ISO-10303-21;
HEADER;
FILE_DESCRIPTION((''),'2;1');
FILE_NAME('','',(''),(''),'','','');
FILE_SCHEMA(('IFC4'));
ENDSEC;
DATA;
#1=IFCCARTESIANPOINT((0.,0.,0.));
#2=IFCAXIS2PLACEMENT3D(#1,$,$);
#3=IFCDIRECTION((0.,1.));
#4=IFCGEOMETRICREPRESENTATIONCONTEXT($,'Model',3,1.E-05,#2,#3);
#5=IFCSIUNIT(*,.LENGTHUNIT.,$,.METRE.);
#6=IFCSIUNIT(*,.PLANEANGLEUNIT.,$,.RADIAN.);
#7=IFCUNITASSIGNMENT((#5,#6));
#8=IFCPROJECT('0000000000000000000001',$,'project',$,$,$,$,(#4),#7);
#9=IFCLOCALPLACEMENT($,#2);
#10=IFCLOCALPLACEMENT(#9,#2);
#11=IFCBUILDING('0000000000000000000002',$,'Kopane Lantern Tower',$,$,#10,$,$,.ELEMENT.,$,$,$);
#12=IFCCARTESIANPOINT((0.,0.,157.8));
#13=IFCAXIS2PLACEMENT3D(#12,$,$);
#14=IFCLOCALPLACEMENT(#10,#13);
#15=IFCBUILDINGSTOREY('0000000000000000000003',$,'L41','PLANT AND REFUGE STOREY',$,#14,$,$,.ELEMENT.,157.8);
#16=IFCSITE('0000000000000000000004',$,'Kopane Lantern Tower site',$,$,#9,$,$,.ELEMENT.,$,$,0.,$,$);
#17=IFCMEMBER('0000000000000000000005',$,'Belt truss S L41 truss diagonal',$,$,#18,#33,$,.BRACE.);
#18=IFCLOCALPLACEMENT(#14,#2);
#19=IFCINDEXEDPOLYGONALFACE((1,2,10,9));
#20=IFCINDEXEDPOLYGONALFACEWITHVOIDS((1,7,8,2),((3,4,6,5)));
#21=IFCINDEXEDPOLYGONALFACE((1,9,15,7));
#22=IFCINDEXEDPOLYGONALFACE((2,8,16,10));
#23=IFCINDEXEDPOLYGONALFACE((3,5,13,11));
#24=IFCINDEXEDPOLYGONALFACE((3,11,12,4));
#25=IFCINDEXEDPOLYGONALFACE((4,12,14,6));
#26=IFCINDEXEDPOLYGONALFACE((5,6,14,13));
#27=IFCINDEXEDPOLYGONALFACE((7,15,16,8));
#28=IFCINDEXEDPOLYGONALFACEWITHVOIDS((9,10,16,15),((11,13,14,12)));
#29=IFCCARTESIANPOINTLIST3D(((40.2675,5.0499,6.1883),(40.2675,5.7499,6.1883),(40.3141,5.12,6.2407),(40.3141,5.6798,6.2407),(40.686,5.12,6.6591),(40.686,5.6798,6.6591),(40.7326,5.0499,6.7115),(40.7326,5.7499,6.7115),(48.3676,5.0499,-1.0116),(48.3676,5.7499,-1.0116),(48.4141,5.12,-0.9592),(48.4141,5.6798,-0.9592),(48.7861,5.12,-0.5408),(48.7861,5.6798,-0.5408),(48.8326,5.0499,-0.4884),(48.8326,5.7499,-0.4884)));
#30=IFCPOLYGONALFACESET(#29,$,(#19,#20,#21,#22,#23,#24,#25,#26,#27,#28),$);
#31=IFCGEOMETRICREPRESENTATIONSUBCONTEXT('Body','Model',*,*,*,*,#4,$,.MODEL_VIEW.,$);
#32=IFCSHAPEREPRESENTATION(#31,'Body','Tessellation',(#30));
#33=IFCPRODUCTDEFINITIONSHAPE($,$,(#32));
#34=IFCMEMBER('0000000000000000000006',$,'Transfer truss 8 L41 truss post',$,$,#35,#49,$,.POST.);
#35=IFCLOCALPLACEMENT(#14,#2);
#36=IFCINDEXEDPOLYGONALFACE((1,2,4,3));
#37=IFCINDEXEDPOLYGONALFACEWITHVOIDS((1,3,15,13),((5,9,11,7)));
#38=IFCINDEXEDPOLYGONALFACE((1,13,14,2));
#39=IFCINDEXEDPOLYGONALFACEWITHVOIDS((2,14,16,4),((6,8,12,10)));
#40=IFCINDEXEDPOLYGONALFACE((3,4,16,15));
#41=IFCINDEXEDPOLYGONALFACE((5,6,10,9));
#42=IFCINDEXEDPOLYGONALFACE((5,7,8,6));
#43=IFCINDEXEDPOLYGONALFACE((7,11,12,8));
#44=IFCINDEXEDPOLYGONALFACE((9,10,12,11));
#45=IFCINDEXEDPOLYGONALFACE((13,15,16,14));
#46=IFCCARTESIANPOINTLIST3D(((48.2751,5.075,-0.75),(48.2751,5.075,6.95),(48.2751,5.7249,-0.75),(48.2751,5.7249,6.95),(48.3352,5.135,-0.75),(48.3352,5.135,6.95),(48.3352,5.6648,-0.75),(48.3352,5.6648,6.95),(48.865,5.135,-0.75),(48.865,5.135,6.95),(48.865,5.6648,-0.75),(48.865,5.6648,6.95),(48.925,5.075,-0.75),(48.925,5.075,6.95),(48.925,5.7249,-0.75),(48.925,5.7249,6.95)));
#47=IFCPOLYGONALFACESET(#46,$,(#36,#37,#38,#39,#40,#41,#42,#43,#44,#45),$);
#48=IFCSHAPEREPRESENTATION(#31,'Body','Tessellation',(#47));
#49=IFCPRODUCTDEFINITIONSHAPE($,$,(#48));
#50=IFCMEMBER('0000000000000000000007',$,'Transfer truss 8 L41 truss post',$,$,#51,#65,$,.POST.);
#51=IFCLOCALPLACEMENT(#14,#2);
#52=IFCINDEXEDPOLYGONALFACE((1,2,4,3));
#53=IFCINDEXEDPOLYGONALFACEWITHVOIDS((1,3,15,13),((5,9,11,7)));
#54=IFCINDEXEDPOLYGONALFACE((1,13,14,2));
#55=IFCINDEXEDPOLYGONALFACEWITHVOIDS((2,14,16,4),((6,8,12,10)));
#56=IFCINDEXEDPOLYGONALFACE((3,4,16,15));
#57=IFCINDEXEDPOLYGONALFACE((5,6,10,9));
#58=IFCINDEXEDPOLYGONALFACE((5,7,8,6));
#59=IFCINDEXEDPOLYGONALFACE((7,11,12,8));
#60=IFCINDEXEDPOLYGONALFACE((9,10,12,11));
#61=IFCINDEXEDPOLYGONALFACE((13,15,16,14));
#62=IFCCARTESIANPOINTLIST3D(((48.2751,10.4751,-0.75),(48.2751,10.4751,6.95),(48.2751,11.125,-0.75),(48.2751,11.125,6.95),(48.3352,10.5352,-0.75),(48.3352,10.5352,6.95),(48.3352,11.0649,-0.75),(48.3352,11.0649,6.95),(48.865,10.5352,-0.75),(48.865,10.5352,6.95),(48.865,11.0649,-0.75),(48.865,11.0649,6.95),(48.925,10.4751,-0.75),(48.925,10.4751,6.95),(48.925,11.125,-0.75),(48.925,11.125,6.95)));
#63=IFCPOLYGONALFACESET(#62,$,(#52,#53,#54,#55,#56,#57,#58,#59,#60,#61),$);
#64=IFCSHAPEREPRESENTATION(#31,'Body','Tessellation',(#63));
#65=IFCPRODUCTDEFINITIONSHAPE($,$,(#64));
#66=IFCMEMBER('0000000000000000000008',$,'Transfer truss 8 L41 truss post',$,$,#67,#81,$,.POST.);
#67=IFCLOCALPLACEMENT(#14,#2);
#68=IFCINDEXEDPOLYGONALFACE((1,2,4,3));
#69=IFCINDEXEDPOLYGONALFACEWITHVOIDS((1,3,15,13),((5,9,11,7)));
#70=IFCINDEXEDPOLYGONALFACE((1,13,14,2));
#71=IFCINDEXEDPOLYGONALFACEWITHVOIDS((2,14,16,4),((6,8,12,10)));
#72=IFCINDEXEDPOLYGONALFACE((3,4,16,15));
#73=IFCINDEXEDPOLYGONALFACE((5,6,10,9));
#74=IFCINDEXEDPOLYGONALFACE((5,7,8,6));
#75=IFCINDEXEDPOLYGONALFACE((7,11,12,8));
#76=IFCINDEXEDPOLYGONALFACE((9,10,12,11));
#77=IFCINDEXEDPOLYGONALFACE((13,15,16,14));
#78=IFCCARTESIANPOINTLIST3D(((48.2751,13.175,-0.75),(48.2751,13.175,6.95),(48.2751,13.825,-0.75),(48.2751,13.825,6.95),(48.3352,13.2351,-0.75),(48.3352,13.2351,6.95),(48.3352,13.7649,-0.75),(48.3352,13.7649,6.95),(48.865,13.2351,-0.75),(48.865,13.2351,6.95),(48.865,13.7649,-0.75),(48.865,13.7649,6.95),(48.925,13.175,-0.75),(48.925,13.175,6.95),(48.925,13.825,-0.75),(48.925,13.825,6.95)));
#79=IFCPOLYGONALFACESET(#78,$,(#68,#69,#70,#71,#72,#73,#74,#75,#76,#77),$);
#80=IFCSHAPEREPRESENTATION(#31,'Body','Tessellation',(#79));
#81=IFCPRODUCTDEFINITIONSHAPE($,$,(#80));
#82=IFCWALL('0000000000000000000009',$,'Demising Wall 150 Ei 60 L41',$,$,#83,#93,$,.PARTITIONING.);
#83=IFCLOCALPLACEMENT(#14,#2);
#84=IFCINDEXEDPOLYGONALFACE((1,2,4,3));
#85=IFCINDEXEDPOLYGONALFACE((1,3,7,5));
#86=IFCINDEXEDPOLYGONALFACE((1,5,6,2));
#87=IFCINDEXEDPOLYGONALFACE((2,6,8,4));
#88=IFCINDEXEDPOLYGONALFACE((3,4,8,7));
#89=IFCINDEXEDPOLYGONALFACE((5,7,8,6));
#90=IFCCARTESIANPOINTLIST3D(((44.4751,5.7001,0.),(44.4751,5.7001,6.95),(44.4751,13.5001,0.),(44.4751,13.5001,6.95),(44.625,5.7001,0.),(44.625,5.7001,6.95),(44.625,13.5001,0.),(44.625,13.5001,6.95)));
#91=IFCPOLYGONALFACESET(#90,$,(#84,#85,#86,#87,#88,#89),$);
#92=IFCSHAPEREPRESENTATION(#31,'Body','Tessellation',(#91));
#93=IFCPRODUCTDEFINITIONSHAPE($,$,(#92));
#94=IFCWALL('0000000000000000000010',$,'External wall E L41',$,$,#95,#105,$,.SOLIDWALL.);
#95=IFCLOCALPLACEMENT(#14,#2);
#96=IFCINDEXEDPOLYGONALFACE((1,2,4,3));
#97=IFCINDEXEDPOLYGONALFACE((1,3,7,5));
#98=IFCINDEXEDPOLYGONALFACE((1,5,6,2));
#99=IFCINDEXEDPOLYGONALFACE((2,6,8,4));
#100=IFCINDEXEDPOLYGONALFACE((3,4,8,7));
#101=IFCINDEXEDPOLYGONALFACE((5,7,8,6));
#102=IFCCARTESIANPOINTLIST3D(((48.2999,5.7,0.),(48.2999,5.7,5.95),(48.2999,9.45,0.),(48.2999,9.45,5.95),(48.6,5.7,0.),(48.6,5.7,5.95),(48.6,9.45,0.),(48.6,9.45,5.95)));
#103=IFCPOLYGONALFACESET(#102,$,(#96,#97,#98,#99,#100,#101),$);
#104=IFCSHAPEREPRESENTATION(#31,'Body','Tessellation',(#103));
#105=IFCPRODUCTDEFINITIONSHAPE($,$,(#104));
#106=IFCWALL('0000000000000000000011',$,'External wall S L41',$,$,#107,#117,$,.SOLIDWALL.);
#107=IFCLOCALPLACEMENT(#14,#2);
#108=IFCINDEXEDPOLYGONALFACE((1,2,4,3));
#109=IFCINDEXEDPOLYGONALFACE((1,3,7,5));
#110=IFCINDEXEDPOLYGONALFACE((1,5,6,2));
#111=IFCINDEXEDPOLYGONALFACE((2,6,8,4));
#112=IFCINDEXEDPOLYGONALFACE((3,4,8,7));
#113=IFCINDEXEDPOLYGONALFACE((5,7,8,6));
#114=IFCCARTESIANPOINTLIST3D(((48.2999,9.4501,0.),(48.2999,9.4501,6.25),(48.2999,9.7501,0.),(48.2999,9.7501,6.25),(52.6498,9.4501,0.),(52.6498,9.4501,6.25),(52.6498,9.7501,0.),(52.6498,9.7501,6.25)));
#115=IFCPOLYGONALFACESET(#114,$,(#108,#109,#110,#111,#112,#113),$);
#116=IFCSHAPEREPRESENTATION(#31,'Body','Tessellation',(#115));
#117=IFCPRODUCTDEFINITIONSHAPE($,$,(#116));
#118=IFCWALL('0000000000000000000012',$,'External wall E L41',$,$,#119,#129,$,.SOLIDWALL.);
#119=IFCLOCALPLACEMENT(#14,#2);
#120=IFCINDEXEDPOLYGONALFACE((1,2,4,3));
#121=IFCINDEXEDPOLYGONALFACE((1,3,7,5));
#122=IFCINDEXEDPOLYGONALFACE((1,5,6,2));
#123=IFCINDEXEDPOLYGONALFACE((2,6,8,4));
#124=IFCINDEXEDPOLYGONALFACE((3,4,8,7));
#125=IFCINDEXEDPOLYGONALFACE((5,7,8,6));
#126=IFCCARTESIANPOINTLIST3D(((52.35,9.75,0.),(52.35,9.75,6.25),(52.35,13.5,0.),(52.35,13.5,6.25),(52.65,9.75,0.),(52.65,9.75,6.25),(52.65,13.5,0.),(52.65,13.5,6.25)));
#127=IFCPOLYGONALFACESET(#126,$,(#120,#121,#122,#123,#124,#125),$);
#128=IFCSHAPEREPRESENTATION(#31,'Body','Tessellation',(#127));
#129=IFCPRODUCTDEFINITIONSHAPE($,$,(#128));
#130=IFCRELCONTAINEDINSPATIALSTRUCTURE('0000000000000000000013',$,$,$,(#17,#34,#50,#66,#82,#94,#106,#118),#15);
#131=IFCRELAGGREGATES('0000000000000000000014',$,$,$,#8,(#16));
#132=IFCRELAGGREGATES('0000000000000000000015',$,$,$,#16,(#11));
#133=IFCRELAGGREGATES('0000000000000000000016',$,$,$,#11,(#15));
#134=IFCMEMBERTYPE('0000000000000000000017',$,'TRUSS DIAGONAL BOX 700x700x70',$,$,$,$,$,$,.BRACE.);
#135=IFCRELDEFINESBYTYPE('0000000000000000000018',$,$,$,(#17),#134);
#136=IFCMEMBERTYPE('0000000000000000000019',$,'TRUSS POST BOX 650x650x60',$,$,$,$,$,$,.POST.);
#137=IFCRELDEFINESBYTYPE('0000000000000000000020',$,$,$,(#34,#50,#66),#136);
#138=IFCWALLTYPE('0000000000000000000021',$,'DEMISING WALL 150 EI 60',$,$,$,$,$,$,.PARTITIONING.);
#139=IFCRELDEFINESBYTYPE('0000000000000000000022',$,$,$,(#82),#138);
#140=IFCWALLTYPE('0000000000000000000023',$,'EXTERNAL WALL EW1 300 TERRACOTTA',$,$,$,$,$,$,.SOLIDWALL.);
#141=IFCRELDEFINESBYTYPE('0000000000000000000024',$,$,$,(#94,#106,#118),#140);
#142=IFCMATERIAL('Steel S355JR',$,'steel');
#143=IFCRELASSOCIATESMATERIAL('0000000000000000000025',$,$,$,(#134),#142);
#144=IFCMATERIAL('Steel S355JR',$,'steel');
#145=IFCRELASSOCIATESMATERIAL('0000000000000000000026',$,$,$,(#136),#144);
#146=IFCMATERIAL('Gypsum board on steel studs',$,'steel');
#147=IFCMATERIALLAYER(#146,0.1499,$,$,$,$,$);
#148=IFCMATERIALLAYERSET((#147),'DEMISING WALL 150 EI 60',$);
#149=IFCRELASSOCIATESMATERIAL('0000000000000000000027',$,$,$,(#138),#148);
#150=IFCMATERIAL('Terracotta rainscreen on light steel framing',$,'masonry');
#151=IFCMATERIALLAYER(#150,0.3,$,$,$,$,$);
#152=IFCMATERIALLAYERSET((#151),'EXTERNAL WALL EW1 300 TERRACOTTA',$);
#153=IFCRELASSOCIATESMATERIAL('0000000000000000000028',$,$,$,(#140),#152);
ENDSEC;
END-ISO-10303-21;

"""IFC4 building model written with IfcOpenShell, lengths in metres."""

from ifc_helpers import new_model, si_unit, direction, frame, frame_2d, origin, origin_2d, place, context, subcontext, project, spatial, rectangle, hollow_rectangle, extrude, material, layer, layer_set, material_profile, profile_set, type_object, element, save


model = new_model("IFC4")

# Units and contexts
model_context = context("Model", 3, precision=1e-05, world=origin(), true_north=direction((0.0, 1.0)))
body_context = subcontext(model_context, "Body", "Model", "MODEL_VIEW")
ifc_project = project(units=[si_unit("LENGTHUNIT", "METRE"), si_unit("PLANEANGLEUNIT", "RADIAN")], contexts=[model_context])

# Site, building, storey
site_placement = place(None, origin())
site = spatial("IfcSite", under=ifc_project, at=site_placement, Name="Kopane Lantern Tower site", CompositionType="ELEMENT", RefElevation=0.0)
building_placement = place(site_placement, origin())
building = spatial("IfcBuilding", under=site, at=building_placement, Name="Kopane Lantern Tower", CompositionType="ELEMENT")
storey_placement = place(building_placement, frame((0.0, 0.0, 157.8)))
storey = spatial("IfcBuildingStorey", under=building, at=storey_placement, Name="L41", Description="PLANT AND REFUGE STOREY", CompositionType="ELEMENT", Elevation=157.8)

# Members
ifc_material_1 = material(Name="Steel S355JR", Category="steel")
ifc_material_profile_1 = material_profile(ifc_material_1, hollow_rectangle(XDim=0.7, YDim=0.7, WallThickness=0.0701, at=origin_2d()), Name="BOX 700x700x70")
ifc_profile_set_1 = profile_set([ifc_material_profile_1], Name="Steel S355JR")
member_type_1 = type_object("IfcMemberType", Name="TRUSS DIAGONAL BOX 700x700x70", PredefinedType="BRACE", material=ifc_profile_set_1)
member_1_placement = place(storey_placement, frame((48.6001, 5.3999, -0.75), z_axis=(-0.747416, 0.0, 0.664357), x_axis=(0.0, -1.0, 0.0)))
element("IfcMember", 1, at=member_1_placement, inside=storey, type_object=member_type_1, Name="Belt truss S L41 truss diagonal", PredefinedType="BRACE", context=body_context, shape_type="SweptSolid", body=[
    extrude(hollow_rectangle(XDim=0.7, YDim=0.7, WallThickness=0.0701, at=origin_2d()), origin(), (0.0, 0.0, 1.0), 10.8374),
])
ifc_material_2 = material(Name="Steel S355JR", Category="steel")
ifc_material_profile_2 = material_profile(ifc_material_2, hollow_rectangle(XDim=0.6499, YDim=0.6499, WallThickness=0.0601, at=origin_2d()), Name="BOX 650x650x60")
ifc_profile_set_2 = profile_set([ifc_material_profile_2], Name="Steel S355JR")
member_type_2 = type_object("IfcMemberType", Name="TRUSS POST BOX 650x650x60", PredefinedType="POST", material=ifc_profile_set_2)
for number, where, z_axis, x_axis, name in (
    (2, (48.6001, 5.3999, -0.75), (0.0, 0.0, 1.0), (1.0, 0.0, 0.0), "Transfer truss 8 L41 truss post"),
    (3, (48.6001, 10.8, -0.75), (0.0, 0.0, 1.0), (1.0, 0.0, 0.0), "Transfer truss 8 L41 truss post"),
    (4, (48.6001, 13.5, -0.75), (0.0, 0.0, 1.0), (1.0, 0.0, 0.0), "Transfer truss 8 L41 truss post"),
):
    element("IfcMember", number, at=place(storey_placement, frame(where, z_axis=z_axis, x_axis=x_axis)), inside=storey, type_object=member_type_2, Name=name, PredefinedType="POST", context=body_context, shape_type="SweptSolid", body=[
        extrude(hollow_rectangle(XDim=0.6499, YDim=0.6499, WallThickness=0.0601, at=origin_2d()), origin(), (0.0, 0.0, 1.0), 7.7),
    ])

# Walls
ifc_material_3 = material(Name="Gypsum board on steel studs", Category="steel")
ifc_layer_1 = layer(ifc_material_3, 0.1499)
ifc_layer_set_1 = layer_set([ifc_layer_1], Name="DEMISING WALL 150 EI 60")
wall_type_1 = type_object("IfcWallType", Name="DEMISING WALL 150 EI 60", PredefinedType="PARTITIONING", material=ifc_layer_set_1)
wall_1_placement = place(storey_placement, frame((44.55, 13.5, 0.0), z_axis=(0.0, 0.0, 1.0), x_axis=(0.0, -1.0, 0.0)))
element("IfcWall", 5, at=wall_1_placement, inside=storey, type_object=wall_type_1, Name="Demising Wall 150 Ei 60 L41", PredefinedType="PARTITIONING", context=body_context, shape_type="SweptSolid", body=[
    extrude(rectangle(XDim=7.8, YDim=0.1499, at=frame_2d((3.8999, 0.0))), origin(), (0.0, 0.0, 1.0), 6.95),
])
ifc_material_4 = material(Name="Terracotta rainscreen on light steel framing", Category="masonry")
ifc_layer_2 = layer(ifc_material_4, 0.3)
ifc_layer_set_2 = layer_set([ifc_layer_2], Name="EXTERNAL WALL EW1 300 TERRACOTTA")
wall_type_2 = type_object("IfcWallType", Name="EXTERNAL WALL EW1 300 TERRACOTTA", PredefinedType="SOLIDWALL", material=ifc_layer_set_2)
wall_2_placement = place(storey_placement, frame((48.45, 5.7, 0.0), z_axis=(0.0, 0.0, 1.0), x_axis=(0.0, 1.0, 0.0)))
element("IfcWall", 6, at=wall_2_placement, inside=storey, type_object=wall_type_2, Name="External wall E L41", PredefinedType="SOLIDWALL", context=body_context, shape_type="SweptSolid", body=[
    extrude(rectangle(XDim=3.75, YDim=0.3, at=frame_2d((1.875, 0.0))), origin(), (0.0, 0.0, 1.0), 5.95),
])
wall_3_placement = place(storey_placement, frame((48.3, 9.6001, 0.0), z_axis=(0.0, 0.0, 1.0), x_axis=(1.0, 0.0, 0.0)))
element("IfcWall", 7, at=wall_3_placement, inside=storey, type_object=wall_type_2, Name="External wall S L41", PredefinedType="SOLIDWALL", context=body_context, shape_type="SweptSolid", body=[
    extrude(rectangle(XDim=4.3499, YDim=0.3, at=frame_2d((2.1748, 0.0))), origin(), (0.0, 0.0, 1.0), 6.25),
])
wall_4_placement = place(storey_placement, frame((52.5, 9.75, 0.0), z_axis=(0.0, 0.0, 1.0), x_axis=(0.0, 1.0, 0.0)))
element("IfcWall", 8, at=wall_4_placement, inside=storey, type_object=wall_type_2, Name="External wall E L41", PredefinedType="SOLIDWALL", context=body_context, shape_type="SweptSolid", body=[
    extrude(rectangle(XDim=3.75, YDim=0.3, at=frame_2d((1.875, 0.0))), origin(), (0.0, 0.0, 1.0), 6.25),
])

save(model, "model.ifc")
